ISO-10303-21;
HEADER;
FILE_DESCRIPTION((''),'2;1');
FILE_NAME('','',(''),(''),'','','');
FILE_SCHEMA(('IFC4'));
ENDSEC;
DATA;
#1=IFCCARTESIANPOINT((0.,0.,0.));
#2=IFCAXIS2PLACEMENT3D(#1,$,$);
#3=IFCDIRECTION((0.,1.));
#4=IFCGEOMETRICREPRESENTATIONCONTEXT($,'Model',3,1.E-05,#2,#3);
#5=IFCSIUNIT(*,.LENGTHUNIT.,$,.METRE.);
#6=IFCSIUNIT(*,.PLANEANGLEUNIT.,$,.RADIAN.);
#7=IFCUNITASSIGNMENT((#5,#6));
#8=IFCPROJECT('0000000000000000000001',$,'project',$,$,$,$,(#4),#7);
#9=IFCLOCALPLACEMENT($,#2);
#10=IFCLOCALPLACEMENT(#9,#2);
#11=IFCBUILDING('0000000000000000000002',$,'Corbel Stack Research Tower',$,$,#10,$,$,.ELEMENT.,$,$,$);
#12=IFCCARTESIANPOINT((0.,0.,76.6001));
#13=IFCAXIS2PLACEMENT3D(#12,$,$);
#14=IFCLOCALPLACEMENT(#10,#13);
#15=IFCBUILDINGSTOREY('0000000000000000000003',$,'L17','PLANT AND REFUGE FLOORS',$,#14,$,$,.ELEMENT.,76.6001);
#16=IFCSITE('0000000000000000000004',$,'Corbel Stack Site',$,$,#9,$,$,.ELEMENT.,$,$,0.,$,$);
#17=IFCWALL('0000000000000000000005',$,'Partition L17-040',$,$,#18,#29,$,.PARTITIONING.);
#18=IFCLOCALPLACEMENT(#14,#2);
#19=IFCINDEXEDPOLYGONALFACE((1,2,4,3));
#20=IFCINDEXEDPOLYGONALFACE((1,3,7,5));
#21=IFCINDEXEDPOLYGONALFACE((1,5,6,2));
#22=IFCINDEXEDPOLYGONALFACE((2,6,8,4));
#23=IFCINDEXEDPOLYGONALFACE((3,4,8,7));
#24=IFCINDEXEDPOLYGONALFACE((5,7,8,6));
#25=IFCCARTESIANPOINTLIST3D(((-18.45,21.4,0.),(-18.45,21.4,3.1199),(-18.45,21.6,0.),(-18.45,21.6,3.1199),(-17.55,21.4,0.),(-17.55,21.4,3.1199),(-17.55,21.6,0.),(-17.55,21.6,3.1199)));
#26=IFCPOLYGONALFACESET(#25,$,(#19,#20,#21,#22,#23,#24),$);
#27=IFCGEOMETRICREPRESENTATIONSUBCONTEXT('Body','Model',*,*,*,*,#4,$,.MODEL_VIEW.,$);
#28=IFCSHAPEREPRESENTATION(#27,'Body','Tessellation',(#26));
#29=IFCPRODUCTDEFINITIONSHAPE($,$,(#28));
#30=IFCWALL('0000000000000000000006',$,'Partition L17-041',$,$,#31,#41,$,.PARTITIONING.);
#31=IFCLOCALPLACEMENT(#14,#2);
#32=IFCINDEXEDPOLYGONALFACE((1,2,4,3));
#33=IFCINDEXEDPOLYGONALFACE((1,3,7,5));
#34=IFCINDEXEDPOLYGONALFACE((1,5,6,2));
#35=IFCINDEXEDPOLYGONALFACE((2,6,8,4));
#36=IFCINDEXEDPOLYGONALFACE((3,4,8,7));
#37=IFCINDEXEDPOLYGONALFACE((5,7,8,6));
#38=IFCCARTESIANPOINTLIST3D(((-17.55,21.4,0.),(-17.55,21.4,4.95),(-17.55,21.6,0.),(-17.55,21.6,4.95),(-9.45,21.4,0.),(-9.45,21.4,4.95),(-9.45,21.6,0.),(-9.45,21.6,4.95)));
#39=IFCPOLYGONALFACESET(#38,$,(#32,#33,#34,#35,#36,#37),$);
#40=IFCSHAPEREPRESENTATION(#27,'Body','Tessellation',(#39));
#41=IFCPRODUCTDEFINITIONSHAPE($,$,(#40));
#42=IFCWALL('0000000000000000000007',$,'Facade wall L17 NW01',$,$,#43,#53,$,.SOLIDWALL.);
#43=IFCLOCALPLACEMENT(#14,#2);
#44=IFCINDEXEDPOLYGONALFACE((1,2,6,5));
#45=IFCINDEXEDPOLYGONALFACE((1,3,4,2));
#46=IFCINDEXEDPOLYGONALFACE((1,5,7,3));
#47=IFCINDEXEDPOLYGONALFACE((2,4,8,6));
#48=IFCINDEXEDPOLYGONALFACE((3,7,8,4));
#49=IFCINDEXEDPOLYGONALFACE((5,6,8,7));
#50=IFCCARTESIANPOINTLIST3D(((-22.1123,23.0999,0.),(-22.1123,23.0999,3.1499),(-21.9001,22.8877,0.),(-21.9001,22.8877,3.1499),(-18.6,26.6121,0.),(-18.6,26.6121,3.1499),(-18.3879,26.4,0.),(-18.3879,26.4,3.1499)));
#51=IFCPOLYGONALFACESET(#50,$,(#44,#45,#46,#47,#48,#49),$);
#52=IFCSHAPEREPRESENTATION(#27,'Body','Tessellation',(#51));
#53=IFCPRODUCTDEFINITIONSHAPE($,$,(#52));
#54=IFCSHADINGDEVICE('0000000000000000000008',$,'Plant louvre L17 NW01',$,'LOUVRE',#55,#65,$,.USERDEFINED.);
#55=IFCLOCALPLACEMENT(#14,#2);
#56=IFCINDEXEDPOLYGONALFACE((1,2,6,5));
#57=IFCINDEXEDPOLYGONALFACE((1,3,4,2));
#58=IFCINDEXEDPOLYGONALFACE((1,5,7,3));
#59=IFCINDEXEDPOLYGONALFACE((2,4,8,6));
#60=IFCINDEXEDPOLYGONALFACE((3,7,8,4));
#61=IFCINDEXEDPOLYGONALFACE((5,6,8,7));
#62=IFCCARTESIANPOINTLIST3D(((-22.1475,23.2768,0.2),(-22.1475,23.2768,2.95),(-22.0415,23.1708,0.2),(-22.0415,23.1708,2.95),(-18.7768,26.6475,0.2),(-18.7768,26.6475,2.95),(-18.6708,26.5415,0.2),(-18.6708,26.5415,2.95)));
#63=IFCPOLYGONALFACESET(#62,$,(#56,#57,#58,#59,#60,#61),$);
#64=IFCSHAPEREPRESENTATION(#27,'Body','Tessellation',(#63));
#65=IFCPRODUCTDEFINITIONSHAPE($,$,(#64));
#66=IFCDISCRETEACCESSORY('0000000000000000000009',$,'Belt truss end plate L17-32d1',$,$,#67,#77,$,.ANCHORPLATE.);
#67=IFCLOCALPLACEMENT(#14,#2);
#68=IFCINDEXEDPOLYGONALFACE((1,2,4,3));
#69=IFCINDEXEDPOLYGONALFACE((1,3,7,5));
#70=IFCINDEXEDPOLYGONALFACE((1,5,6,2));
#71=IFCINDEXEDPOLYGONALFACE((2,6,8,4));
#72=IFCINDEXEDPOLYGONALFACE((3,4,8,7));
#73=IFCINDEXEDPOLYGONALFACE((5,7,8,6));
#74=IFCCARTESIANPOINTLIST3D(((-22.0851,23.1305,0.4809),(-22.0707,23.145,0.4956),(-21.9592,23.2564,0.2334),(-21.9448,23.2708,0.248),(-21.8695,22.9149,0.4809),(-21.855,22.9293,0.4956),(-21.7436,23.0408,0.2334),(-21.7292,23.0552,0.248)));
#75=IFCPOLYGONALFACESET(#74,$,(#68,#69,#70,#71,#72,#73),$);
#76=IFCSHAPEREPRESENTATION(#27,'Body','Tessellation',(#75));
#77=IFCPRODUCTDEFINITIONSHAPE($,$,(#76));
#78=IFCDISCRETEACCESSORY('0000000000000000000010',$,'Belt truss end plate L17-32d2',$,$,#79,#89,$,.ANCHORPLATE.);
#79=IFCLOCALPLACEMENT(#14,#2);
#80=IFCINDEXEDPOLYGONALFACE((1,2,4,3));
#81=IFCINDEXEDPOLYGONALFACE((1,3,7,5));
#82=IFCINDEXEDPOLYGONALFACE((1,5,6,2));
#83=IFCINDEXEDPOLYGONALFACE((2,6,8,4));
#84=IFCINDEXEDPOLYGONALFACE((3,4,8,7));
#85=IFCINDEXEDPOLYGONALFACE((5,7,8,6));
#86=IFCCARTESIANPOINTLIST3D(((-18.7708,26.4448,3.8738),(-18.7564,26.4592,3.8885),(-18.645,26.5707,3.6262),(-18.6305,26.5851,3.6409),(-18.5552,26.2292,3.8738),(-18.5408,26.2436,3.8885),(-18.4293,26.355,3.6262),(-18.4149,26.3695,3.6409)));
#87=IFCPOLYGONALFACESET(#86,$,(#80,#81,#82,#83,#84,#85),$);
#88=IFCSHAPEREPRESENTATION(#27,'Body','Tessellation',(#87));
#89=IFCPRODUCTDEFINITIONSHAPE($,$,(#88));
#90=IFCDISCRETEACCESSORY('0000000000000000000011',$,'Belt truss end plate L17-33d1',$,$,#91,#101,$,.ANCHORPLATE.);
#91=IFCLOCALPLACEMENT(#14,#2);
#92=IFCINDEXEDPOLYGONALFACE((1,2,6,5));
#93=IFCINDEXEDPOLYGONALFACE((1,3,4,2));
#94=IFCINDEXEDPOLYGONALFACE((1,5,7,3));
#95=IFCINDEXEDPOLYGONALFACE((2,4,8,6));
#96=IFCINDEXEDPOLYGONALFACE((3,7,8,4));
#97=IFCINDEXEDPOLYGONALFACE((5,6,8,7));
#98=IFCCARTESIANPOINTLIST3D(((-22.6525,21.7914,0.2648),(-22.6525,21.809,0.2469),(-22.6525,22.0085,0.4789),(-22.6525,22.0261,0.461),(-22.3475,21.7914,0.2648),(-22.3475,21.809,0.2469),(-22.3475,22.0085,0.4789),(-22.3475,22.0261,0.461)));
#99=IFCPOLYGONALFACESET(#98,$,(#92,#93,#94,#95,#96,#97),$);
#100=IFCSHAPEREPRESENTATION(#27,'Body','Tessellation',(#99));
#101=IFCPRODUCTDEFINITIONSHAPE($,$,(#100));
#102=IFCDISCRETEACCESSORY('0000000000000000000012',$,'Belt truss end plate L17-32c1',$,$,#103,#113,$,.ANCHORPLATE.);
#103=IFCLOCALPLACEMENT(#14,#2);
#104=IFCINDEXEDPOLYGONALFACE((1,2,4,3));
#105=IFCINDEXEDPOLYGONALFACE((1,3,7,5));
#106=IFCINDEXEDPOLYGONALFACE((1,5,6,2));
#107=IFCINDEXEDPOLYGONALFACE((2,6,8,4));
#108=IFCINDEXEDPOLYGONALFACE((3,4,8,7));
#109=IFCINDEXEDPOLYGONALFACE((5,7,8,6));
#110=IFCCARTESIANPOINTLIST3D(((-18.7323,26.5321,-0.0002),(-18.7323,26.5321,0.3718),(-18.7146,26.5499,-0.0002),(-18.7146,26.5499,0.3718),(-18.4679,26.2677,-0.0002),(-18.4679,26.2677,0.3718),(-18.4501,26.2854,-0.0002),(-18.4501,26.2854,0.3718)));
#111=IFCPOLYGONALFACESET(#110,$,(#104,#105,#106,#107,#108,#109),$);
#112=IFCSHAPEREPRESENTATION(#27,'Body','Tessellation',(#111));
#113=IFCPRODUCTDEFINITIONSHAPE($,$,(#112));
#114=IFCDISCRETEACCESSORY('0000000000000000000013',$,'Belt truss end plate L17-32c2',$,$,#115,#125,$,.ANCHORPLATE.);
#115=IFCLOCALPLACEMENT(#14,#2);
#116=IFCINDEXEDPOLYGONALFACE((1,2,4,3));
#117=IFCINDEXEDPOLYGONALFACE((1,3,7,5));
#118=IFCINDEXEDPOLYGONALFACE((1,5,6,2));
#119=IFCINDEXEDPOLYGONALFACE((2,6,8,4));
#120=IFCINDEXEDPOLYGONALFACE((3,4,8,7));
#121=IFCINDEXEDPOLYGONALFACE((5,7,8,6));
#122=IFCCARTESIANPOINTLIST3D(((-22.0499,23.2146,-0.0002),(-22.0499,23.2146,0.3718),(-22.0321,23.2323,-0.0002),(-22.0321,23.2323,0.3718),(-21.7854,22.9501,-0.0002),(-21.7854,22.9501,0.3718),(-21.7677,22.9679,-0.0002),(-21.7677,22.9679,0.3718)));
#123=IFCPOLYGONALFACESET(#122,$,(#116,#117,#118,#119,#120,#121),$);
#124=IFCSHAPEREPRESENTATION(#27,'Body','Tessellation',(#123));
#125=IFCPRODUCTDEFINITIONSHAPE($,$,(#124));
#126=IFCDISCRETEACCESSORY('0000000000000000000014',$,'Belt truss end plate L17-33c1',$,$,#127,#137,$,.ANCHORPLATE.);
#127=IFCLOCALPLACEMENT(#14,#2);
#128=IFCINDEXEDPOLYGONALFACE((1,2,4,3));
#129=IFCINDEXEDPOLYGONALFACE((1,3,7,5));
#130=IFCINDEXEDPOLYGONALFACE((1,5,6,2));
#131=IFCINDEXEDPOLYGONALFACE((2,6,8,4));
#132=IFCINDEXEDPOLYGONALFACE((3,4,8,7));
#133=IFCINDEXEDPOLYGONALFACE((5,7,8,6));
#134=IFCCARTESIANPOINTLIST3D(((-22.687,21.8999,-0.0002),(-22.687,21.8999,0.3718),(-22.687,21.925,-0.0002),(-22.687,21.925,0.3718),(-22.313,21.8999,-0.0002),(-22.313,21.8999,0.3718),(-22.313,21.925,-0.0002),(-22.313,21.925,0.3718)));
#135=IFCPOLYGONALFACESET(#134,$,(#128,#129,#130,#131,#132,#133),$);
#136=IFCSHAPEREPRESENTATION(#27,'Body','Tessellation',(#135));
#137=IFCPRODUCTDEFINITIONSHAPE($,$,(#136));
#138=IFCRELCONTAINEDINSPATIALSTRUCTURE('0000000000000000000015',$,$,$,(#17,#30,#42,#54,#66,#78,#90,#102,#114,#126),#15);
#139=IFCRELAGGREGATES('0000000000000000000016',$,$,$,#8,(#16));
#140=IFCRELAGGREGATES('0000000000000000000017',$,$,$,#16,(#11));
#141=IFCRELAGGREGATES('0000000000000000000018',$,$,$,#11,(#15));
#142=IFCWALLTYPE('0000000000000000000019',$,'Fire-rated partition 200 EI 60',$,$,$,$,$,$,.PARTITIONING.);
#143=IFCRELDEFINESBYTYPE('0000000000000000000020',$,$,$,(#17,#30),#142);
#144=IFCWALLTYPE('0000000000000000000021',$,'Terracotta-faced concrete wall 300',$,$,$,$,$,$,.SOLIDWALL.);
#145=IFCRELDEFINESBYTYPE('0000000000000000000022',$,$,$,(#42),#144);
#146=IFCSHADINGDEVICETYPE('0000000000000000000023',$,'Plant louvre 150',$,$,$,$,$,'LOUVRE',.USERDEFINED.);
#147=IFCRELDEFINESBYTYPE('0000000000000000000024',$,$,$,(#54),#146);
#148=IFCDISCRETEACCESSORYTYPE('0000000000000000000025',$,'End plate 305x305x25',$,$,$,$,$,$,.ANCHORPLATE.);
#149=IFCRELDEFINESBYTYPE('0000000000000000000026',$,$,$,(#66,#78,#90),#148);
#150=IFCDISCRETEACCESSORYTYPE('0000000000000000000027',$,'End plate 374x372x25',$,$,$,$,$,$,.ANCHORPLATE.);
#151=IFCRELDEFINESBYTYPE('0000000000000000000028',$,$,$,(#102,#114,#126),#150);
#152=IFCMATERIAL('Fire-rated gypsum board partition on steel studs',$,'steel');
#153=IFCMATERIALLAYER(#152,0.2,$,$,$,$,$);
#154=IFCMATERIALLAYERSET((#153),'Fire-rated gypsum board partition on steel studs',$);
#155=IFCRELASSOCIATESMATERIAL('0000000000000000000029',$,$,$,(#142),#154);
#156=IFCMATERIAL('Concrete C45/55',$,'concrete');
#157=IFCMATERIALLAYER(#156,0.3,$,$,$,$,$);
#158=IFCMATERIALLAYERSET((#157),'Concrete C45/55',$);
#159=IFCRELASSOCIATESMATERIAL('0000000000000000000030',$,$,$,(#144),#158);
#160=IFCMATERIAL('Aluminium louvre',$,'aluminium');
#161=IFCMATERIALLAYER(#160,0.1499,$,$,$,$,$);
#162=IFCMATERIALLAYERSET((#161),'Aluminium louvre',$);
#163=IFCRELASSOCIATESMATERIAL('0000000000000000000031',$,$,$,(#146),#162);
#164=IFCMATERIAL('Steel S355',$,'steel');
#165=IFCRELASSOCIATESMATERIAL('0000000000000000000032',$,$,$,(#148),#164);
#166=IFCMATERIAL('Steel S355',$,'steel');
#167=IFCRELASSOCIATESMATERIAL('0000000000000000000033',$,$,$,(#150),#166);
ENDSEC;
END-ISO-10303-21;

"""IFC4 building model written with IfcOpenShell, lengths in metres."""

from ifc_helpers import new_model, si_unit, direction, frame, frame_2d, origin, origin_2d, place, context, subcontext, project, spatial, rectangle, extrude, material, layer, layer_set, material_profile, profile_set, type_object, element, save


model = new_model("IFC4")

# Units and contexts
model_context = context("Model", 3, precision=1e-05, world=origin(), true_north=direction((0.0, 1.0)))
body_context = subcontext(model_context, "Body", "Model", "MODEL_VIEW")
ifc_project = project(units=[si_unit("LENGTHUNIT", "METRE"), si_unit("PLANEANGLEUNIT", "RADIAN")], contexts=[model_context])

# Site, building, storey
site_placement = place(None, origin())
site = spatial("IfcSite", under=ifc_project, at=site_placement, Name="Corbel Stack Site", CompositionType="ELEMENT", RefElevation=0.0)
building_placement = place(site_placement, origin())
building = spatial("IfcBuilding", under=site, at=building_placement, Name="Corbel Stack Research Tower", CompositionType="ELEMENT")
storey_placement = place(building_placement, frame((0.0, 0.0, 76.6001)))
storey = spatial("IfcBuildingStorey", under=building, at=storey_placement, Name="L17", Description="PLANT AND REFUGE FLOORS", CompositionType="ELEMENT", Elevation=76.6001)

# Walls
ifc_material_1 = material(Name="Fire-rated gypsum board partition on steel studs", Category="steel")
ifc_layer_1 = layer(ifc_material_1, 0.2)
ifc_layer_set_1 = layer_set([ifc_layer_1], Name="Fire-rated gypsum board partition on steel studs")
wall_type_1 = type_object("IfcWallType", Name="Fire-rated partition 200 EI 60", PredefinedType="PARTITIONING", material=ifc_layer_set_1)
wall_1_placement = place(storey_placement, frame((-18.45, 21.5, 0.0), z_axis=(0.0, 0.0, 1.0), x_axis=(1.0, 0.0, 0.0)))
element("IfcWall", 1, at=wall_1_placement, inside=storey, type_object=wall_type_1, Name="Partition L17-040", PredefinedType="PARTITIONING", context=body_context, shape_type="SweptSolid", body=[
    extrude(rectangle(XDim=0.8999, YDim=0.2, at=frame_2d((0.45, 0.0))), origin(), (0.0, 0.0, 1.0), 3.1199),
])
wall_2_placement = place(storey_placement, frame((-17.55, 21.5, 0.0), z_axis=(0.0, 0.0, 1.0), x_axis=(1.0, 0.0, 0.0)))
element("IfcWall", 2, at=wall_2_placement, inside=storey, type_object=wall_type_1, Name="Partition L17-041", PredefinedType="PARTITIONING", context=body_context, shape_type="SweptSolid", body=[
    extrude(rectangle(XDim=8.1001, YDim=0.2, at=frame_2d((4.05, 0.0))), origin(), (0.0, 0.0, 1.0), 4.95),
])
ifc_material_2 = material(Name="Concrete C45/55", Category="concrete")
ifc_layer_2 = layer(ifc_material_2, 0.3)
ifc_layer_set_2 = layer_set([ifc_layer_2], Name="Concrete C45/55")
wall_type_2 = type_object("IfcWallType", Name="Terracotta-faced concrete wall 300", PredefinedType="SOLIDWALL", material=ifc_layer_set_2)
wall_3_placement = place(storey_placement, frame((-22.0061, 22.9939, 0.0), z_axis=(0.0, 0.0, 1.0), x_axis=(0.707107, 0.707107, 0.0)))
element("IfcWall", 3, at=wall_3_placement, inside=storey, type_object=wall_type_2, Name="Facade wall L17 NW01", PredefinedType="SOLIDWALL", context=body_context, shape_type="SweptSolid", body=[
    extrude(rectangle(XDim=4.967, YDim=0.3, at=frame_2d((2.4834, 0.0))), origin(), (0.0, 0.0, 1.0), 3.1499),
])

# Shading device
ifc_material_3 = material(Name="Aluminium louvre", Category="aluminium")
ifc_layer_3 = layer(ifc_material_3, 0.1499)
ifc_layer_set_3 = layer_set([ifc_layer_3], Name="Aluminium louvre")
shading_device_type = type_object("IfcShadingDeviceType", Name="Plant louvre 150", ElementType="LOUVRE", PredefinedType="USERDEFINED", material=ifc_layer_set_3)
shading_device_placement = place(storey_placement, frame((-20.4092, 24.9092, 0.2), z_axis=(0.0, 0.0, 1.0), x_axis=(-0.707107, -0.707107, 0.0)))
element("IfcShadingDevice", 4, at=shading_device_placement, inside=storey, type_object=shading_device_type, Name="Plant louvre L17 NW01", ObjectType="LOUVRE", PredefinedType="USERDEFINED", context=body_context, shape_type="SweptSolid", body=[
    extrude(rectangle(XDim=4.7668, YDim=0.1499, at=origin_2d()), origin(), (0.0, 0.0, 1.0), 2.75),
])

# Discrete accessories
ifc_material_4 = material(Name="Steel S355", Category="steel")
ifc_material_profile_1 = material_profile(ifc_material_4, rectangle(XDim=0.3049, YDim=0.3049, at=origin_2d()), Name="End plate 305x305x25")
ifc_profile_set_1 = profile_set([ifc_material_profile_1], Name="Steel S355")
discrete_accessory_type_1 = type_object("IfcDiscreteAccessoryType", Name="End plate 305x305x25", PredefinedType="ANCHORPLATE", material=ifc_profile_set_1)
for number, where, z_axis, x_axis, name in (
    (5, (-21.8999, 23.1001, 0.3718), (-0.574089, -0.574089, -0.583819), (0.707107, -0.707107, 0.0), "Belt truss end plate L17-32d1"),
    (6, (-18.6001, 26.3999, 3.75), (0.574089, 0.574089, 0.583819), (-0.707107, 0.707107, 0.0), "Belt truss end plate L17-32d2"),
    (7, (-22.5, 21.8999, 0.3718), (0.0, 0.702213, -0.711966), (-1.0, 0.0, 0.0), "Belt truss end plate L17-33d1"),
):
    element("IfcDiscreteAccessory", number, at=place(storey_placement, frame(where, z_axis=z_axis, x_axis=x_axis)), inside=storey, type_object=discrete_accessory_type_1, Name=name, PredefinedType="ANCHORPLATE", context=body_context, shape_type="SweptSolid", body=[
        extrude(rectangle(XDim=0.3049, YDim=0.3049, at=origin_2d()), origin(), (0.0, 0.0, 1.0), 0.0251),
    ])
ifc_material_5 = material(Name="Steel S355", Category="steel")
ifc_material_profile_2 = material_profile(ifc_material_5, rectangle(XDim=0.374, YDim=0.3721, at=origin_2d()), Name="End plate 374x372x25")
ifc_profile_set_2 = profile_set([ifc_material_profile_2], Name="Steel S355")
discrete_accessory_type_2 = type_object("IfcDiscreteAccessoryType", Name="End plate 374x372x25", PredefinedType="ANCHORPLATE", material=ifc_profile_set_2)
for number, where, z_axis, x_axis, name in (
    (8, (-18.6001, 26.3999, 0.1858), (0.707107, 0.707107, 0.0), (-0.707107, 0.707107, 0.0), "Belt truss end plate L17-32c1"),
    (9, (-21.8999, 23.1001, 0.1858), (-0.707107, -0.707107, 0.0), (0.707107, -0.707107, 0.0), "Belt truss end plate L17-32c2"),
    (10, (-22.5, 21.8999, 0.1858), (0.0, 1.0, 0.0), (-1.0, 0.0, 0.0), "Belt truss end plate L17-33c1"),
):
    element("IfcDiscreteAccessory", number, at=place(storey_placement, frame(where, z_axis=z_axis, x_axis=x_axis)), inside=storey, type_object=discrete_accessory_type_2, Name=name, PredefinedType="ANCHORPLATE", context=body_context, shape_type="SweptSolid", body=[
        extrude(rectangle(XDim=0.374, YDim=0.3721, at=origin_2d()), origin(), (0.0, 0.0, 1.0), 0.0251),
    ])

save(model, "model.ifc")
